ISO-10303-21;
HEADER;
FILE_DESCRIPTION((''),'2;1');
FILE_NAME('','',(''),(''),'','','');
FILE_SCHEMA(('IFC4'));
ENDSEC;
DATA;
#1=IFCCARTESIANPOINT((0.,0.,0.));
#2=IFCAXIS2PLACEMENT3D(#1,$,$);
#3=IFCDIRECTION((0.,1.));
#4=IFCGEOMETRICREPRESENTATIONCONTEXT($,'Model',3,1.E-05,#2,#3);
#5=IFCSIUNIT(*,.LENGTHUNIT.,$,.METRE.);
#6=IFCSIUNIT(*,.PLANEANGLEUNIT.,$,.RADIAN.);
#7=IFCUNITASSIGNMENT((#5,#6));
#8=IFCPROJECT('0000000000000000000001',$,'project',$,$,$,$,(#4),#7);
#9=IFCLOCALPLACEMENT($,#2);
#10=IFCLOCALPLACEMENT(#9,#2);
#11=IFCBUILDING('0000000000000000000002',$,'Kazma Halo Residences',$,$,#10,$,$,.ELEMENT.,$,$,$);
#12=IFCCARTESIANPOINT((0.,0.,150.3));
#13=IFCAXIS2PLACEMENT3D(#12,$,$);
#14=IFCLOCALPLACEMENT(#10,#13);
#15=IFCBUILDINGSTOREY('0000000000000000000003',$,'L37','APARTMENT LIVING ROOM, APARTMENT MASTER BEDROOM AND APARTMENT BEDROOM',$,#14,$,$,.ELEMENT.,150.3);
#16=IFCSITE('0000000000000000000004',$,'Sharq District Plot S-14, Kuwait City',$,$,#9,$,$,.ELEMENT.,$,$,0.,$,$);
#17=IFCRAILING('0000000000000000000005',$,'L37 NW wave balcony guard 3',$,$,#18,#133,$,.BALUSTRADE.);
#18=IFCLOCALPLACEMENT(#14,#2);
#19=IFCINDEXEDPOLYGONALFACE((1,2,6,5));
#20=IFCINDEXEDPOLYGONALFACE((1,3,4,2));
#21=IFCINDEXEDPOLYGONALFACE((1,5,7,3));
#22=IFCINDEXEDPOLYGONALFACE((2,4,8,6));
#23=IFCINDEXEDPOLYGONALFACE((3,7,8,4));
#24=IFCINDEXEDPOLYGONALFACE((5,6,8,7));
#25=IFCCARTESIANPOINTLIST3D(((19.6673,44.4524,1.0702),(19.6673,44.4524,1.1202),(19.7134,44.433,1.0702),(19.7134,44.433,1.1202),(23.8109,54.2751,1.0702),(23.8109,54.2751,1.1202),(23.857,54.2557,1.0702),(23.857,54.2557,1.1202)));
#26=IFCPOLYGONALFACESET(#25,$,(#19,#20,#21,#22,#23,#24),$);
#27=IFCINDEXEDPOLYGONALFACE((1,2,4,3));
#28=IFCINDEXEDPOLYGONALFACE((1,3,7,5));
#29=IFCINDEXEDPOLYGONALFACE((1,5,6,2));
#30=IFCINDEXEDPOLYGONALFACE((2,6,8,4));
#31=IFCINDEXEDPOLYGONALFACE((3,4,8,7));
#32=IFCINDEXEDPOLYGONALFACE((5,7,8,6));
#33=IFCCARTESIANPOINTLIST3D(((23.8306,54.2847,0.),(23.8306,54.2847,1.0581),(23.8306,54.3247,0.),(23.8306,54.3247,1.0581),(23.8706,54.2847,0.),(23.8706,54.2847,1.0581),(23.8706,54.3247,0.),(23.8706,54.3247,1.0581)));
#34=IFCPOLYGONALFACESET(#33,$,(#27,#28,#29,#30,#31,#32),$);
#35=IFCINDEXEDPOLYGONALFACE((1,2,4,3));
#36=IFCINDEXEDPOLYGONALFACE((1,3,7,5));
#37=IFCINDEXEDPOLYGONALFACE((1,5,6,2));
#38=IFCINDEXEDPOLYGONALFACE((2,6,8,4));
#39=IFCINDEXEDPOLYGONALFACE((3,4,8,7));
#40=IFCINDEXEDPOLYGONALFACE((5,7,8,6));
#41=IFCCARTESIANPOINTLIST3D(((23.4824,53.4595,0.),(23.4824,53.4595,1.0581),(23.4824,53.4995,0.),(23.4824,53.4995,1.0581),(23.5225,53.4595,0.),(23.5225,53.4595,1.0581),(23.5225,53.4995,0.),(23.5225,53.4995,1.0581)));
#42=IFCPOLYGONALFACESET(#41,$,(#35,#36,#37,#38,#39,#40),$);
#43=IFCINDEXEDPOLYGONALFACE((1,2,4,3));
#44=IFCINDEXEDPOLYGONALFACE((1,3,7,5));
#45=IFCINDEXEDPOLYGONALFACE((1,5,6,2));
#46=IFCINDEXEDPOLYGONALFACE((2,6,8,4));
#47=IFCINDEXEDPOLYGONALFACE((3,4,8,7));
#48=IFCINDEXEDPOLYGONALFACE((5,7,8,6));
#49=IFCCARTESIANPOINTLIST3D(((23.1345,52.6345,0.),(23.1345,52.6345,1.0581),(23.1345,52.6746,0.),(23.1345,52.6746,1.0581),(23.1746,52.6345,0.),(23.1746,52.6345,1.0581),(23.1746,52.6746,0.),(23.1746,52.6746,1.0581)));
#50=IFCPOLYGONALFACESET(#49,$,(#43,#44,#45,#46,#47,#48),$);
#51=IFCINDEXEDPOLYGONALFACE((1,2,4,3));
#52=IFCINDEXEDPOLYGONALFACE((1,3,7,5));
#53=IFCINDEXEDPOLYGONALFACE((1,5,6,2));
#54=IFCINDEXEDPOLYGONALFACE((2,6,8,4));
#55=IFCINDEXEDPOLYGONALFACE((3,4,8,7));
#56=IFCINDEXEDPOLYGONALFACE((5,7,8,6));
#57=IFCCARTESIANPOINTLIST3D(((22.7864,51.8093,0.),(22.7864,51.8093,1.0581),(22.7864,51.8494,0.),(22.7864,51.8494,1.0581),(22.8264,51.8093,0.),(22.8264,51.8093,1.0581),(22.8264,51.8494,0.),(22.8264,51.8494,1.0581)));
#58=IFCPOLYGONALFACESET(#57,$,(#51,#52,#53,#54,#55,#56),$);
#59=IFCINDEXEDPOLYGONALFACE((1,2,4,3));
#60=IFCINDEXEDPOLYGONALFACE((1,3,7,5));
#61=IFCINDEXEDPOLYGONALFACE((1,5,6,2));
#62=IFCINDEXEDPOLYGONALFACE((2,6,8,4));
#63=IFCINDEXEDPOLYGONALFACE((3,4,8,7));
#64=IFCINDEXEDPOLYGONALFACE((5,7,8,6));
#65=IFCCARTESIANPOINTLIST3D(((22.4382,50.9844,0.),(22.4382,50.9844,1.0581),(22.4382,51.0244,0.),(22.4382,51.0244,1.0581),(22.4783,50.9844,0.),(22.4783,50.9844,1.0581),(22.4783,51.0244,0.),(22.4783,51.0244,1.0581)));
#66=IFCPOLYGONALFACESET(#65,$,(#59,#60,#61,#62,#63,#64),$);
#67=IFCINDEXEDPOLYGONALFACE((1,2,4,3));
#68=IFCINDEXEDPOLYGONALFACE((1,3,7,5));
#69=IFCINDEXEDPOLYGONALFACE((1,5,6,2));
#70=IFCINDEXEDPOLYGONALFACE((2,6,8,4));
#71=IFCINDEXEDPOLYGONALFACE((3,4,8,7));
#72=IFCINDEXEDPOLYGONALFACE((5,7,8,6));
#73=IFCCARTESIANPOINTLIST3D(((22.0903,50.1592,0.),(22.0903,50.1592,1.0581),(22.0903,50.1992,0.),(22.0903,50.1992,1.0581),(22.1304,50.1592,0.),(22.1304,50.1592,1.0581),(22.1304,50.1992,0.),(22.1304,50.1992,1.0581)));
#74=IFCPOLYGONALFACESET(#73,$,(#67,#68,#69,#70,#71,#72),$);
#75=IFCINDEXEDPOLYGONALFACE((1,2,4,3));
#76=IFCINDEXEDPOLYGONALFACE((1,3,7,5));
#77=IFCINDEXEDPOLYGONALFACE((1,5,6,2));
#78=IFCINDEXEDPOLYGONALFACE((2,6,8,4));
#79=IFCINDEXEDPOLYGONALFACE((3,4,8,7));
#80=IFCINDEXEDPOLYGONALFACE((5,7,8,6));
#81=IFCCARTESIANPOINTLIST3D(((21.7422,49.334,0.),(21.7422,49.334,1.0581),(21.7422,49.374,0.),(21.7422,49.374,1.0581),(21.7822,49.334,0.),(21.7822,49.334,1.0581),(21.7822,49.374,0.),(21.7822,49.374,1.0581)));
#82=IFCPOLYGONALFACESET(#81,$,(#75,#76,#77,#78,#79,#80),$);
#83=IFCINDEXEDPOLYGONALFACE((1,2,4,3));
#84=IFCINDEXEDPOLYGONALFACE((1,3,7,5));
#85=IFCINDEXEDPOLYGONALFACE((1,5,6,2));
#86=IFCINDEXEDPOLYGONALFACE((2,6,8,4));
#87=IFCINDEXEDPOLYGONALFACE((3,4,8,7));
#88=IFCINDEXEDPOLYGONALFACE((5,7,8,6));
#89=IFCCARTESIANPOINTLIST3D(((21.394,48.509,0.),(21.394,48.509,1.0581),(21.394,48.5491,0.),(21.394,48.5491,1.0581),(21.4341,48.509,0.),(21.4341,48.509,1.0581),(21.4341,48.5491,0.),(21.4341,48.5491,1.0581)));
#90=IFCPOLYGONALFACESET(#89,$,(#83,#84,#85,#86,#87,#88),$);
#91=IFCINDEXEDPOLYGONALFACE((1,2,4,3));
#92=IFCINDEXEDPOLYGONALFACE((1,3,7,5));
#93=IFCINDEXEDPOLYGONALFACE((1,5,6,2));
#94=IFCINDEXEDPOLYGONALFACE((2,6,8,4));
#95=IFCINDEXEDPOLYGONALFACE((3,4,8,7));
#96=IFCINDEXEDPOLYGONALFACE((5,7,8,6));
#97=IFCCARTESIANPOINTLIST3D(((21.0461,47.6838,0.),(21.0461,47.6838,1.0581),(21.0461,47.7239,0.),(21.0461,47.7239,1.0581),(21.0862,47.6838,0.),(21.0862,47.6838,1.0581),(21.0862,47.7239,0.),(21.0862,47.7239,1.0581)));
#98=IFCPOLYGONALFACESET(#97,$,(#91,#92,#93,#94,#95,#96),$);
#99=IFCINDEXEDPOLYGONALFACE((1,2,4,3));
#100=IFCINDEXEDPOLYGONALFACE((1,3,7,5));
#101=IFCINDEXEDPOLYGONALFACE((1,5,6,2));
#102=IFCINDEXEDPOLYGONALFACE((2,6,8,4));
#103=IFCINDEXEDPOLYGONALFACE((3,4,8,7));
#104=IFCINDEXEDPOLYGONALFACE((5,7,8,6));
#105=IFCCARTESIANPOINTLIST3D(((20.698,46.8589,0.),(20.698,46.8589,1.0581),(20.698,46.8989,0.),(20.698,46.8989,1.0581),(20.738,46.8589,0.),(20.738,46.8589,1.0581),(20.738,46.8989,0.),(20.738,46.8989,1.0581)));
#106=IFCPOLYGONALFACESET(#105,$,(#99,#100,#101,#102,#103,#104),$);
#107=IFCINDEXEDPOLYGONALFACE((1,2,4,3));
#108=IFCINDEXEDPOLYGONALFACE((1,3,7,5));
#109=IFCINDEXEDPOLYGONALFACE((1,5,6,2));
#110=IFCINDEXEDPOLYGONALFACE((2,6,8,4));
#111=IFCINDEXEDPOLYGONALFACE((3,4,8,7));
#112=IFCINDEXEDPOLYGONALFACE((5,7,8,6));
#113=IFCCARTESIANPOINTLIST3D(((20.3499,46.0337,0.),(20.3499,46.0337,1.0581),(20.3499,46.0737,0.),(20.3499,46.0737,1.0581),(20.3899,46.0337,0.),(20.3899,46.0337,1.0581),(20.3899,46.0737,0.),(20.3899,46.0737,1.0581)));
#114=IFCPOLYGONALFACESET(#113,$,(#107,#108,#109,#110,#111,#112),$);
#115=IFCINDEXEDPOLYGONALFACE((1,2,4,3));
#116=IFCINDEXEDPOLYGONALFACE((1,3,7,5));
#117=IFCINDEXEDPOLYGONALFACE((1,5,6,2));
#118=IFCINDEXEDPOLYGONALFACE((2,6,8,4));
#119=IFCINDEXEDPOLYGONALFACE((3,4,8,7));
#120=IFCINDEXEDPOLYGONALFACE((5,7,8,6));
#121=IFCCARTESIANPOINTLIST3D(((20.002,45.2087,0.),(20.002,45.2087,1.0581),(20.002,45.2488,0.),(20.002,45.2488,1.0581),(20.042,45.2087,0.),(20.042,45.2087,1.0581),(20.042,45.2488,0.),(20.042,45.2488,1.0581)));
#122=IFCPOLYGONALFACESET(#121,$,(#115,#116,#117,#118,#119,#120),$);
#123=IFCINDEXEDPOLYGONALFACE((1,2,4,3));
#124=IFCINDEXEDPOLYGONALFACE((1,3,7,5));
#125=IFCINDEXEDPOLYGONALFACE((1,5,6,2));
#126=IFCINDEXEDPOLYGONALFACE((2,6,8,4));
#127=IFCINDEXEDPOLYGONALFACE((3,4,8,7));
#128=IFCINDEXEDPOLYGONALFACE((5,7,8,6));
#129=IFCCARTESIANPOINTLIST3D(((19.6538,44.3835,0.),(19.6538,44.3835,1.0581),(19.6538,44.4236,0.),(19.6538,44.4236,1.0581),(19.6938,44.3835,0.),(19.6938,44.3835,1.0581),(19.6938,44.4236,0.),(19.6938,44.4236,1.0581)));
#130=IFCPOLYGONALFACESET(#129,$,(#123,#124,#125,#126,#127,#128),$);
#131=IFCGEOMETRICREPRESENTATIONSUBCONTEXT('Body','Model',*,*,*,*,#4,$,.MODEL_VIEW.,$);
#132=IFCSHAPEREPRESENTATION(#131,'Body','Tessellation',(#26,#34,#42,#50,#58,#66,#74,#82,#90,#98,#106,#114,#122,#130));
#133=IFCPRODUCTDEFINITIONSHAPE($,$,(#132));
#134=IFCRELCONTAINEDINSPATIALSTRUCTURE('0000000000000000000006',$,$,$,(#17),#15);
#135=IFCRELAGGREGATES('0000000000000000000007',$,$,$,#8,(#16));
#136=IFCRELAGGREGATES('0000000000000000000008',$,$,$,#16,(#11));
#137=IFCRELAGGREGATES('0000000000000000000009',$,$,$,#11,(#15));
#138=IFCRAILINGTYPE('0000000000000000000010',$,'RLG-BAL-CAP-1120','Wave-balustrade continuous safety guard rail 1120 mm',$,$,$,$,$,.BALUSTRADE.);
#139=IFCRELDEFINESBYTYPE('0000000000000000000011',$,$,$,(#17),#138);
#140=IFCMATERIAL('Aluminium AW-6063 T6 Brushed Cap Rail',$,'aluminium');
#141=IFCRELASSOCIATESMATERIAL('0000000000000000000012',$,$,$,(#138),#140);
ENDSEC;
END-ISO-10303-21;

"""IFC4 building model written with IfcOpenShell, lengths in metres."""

from ifc_helpers import new_model, si_unit, direction, frame, origin, origin_2d, place, context, subcontext, project, spatial, rectangle, extrude, material, type_object, element, save


model = new_model("IFC4")

# Units and contexts
model_context = context("Model", 3, precision=1e-05, world=origin(), true_north=direction((0.0, 1.0)))
body_context = subcontext(model_context, "Body", "Model", "MODEL_VIEW")
ifc_project = project(units=[si_unit("LENGTHUNIT", "METRE"), si_unit("PLANEANGLEUNIT", "RADIAN")], contexts=[model_context])

# Site, building, storey
site_placement = place(None, origin())
site = spatial("IfcSite", under=ifc_project, at=site_placement, Name="Sharq District Plot S-14, Kuwait City", CompositionType="ELEMENT", RefElevation=0.0)
building_placement = place(site_placement, origin())
building = spatial("IfcBuilding", under=site, at=building_placement, Name="Kazma Halo Residences", CompositionType="ELEMENT")
storey_placement = place(building_placement, frame((0.0, 0.0, 150.3)))
storey = spatial("IfcBuildingStorey", under=building, at=storey_placement, Name="L37", Description="APARTMENT LIVING ROOM, APARTMENT MASTER BEDROOM AND APARTMENT BEDROOM", CompositionType="ELEMENT", Elevation=150.3)

# Railing
ifc_material_1 = material(Name="Aluminium AW-6063 T6 Brushed Cap Rail", Category="aluminium")
railing_type = type_object("IfcRailingType", Name="RLG-BAL-CAP-1120", Description="Wave-balustrade continuous safety guard rail 1120 mm", PredefinedType="BALUSTRADE", material=ifc_material_1)
railing_1_placement = place(storey_placement, frame((23.8506, 54.3047, 0.0)))
element("IfcRailing", 1, at=railing_1_placement, inside=storey, type_object=railing_type, Name="L37 NW wave balcony guard 3", PredefinedType="BALUSTRADE", context=body_context, shape_type="SweptSolid", body=[
    extrude(rectangle(XDim=0.05, YDim=0.05, at=origin_2d()), frame((-0.0166, -0.0393, 1.0952), z_axis=(-0.388679, -0.921373, 0.0), x_axis=(0.921373, -0.388679, 0.0)), (0.0, 0.0, 1.0), 10.6609),
    extrude(rectangle(XDim=0.04, YDim=0.04, at=origin_2d()), origin(), (0.0, 0.0, 1.0), 1.0581),
    extrude(rectangle(XDim=0.04, YDim=0.04, at=origin_2d()), frame((-0.3481, -0.8252, 0.0)), (0.0, 0.0, 1.0), 1.0581),
    extrude(rectangle(XDim=0.04, YDim=0.04, at=origin_2d()), frame((-0.696, -1.6501, 0.0)), (0.0, 0.0, 1.0), 1.0581),
    extrude(rectangle(XDim=0.04, YDim=0.04, at=origin_2d()), frame((-1.0442, -2.4753, 0.0)), (0.0, 0.0, 1.0), 1.0581),
    extrude(rectangle(XDim=0.04, YDim=0.04, at=origin_2d()), frame((-1.3923, -3.3003, 0.0)), (0.0, 0.0, 1.0), 1.0581),
    extrude(rectangle(XDim=0.04, YDim=0.04, at=origin_2d()), frame((-1.7402, -4.1255, 0.0)), (0.0, 0.0, 1.0), 1.0581),
    extrude(rectangle(XDim=0.04, YDim=0.04, at=origin_2d()), frame((-2.0884, -4.9507, 0.0)), (0.0, 0.0, 1.0), 1.0581),
    extrude(rectangle(XDim=0.04, YDim=0.04, at=origin_2d()), frame((-2.4365, -5.7756, 0.0)), (0.0, 0.0, 1.0), 1.0581),
    extrude(rectangle(XDim=0.04, YDim=0.04, at=origin_2d()), frame((-2.7844, -6.6008, 0.0)), (0.0, 0.0, 1.0), 1.0581),
    extrude(rectangle(XDim=0.04, YDim=0.04, at=origin_2d()), frame((-3.1326, -7.4258, 0.0)), (0.0, 0.0, 1.0), 1.0581),
    extrude(rectangle(XDim=0.04, YDim=0.04, at=origin_2d()), frame((-3.4807, -8.251, 0.0)), (0.0, 0.0, 1.0), 1.0581),
    extrude(rectangle(XDim=0.04, YDim=0.04, at=origin_2d()), frame((-3.8286, -9.0759, 0.0)), (0.0, 0.0, 1.0), 1.0581),
    extrude(rectangle(XDim=0.04, YDim=0.04, at=origin_2d()), frame((-4.1768, -9.9011, 0.0)), (0.0, 0.0, 1.0), 1.0581),
])

save(model, "model.ifc")
